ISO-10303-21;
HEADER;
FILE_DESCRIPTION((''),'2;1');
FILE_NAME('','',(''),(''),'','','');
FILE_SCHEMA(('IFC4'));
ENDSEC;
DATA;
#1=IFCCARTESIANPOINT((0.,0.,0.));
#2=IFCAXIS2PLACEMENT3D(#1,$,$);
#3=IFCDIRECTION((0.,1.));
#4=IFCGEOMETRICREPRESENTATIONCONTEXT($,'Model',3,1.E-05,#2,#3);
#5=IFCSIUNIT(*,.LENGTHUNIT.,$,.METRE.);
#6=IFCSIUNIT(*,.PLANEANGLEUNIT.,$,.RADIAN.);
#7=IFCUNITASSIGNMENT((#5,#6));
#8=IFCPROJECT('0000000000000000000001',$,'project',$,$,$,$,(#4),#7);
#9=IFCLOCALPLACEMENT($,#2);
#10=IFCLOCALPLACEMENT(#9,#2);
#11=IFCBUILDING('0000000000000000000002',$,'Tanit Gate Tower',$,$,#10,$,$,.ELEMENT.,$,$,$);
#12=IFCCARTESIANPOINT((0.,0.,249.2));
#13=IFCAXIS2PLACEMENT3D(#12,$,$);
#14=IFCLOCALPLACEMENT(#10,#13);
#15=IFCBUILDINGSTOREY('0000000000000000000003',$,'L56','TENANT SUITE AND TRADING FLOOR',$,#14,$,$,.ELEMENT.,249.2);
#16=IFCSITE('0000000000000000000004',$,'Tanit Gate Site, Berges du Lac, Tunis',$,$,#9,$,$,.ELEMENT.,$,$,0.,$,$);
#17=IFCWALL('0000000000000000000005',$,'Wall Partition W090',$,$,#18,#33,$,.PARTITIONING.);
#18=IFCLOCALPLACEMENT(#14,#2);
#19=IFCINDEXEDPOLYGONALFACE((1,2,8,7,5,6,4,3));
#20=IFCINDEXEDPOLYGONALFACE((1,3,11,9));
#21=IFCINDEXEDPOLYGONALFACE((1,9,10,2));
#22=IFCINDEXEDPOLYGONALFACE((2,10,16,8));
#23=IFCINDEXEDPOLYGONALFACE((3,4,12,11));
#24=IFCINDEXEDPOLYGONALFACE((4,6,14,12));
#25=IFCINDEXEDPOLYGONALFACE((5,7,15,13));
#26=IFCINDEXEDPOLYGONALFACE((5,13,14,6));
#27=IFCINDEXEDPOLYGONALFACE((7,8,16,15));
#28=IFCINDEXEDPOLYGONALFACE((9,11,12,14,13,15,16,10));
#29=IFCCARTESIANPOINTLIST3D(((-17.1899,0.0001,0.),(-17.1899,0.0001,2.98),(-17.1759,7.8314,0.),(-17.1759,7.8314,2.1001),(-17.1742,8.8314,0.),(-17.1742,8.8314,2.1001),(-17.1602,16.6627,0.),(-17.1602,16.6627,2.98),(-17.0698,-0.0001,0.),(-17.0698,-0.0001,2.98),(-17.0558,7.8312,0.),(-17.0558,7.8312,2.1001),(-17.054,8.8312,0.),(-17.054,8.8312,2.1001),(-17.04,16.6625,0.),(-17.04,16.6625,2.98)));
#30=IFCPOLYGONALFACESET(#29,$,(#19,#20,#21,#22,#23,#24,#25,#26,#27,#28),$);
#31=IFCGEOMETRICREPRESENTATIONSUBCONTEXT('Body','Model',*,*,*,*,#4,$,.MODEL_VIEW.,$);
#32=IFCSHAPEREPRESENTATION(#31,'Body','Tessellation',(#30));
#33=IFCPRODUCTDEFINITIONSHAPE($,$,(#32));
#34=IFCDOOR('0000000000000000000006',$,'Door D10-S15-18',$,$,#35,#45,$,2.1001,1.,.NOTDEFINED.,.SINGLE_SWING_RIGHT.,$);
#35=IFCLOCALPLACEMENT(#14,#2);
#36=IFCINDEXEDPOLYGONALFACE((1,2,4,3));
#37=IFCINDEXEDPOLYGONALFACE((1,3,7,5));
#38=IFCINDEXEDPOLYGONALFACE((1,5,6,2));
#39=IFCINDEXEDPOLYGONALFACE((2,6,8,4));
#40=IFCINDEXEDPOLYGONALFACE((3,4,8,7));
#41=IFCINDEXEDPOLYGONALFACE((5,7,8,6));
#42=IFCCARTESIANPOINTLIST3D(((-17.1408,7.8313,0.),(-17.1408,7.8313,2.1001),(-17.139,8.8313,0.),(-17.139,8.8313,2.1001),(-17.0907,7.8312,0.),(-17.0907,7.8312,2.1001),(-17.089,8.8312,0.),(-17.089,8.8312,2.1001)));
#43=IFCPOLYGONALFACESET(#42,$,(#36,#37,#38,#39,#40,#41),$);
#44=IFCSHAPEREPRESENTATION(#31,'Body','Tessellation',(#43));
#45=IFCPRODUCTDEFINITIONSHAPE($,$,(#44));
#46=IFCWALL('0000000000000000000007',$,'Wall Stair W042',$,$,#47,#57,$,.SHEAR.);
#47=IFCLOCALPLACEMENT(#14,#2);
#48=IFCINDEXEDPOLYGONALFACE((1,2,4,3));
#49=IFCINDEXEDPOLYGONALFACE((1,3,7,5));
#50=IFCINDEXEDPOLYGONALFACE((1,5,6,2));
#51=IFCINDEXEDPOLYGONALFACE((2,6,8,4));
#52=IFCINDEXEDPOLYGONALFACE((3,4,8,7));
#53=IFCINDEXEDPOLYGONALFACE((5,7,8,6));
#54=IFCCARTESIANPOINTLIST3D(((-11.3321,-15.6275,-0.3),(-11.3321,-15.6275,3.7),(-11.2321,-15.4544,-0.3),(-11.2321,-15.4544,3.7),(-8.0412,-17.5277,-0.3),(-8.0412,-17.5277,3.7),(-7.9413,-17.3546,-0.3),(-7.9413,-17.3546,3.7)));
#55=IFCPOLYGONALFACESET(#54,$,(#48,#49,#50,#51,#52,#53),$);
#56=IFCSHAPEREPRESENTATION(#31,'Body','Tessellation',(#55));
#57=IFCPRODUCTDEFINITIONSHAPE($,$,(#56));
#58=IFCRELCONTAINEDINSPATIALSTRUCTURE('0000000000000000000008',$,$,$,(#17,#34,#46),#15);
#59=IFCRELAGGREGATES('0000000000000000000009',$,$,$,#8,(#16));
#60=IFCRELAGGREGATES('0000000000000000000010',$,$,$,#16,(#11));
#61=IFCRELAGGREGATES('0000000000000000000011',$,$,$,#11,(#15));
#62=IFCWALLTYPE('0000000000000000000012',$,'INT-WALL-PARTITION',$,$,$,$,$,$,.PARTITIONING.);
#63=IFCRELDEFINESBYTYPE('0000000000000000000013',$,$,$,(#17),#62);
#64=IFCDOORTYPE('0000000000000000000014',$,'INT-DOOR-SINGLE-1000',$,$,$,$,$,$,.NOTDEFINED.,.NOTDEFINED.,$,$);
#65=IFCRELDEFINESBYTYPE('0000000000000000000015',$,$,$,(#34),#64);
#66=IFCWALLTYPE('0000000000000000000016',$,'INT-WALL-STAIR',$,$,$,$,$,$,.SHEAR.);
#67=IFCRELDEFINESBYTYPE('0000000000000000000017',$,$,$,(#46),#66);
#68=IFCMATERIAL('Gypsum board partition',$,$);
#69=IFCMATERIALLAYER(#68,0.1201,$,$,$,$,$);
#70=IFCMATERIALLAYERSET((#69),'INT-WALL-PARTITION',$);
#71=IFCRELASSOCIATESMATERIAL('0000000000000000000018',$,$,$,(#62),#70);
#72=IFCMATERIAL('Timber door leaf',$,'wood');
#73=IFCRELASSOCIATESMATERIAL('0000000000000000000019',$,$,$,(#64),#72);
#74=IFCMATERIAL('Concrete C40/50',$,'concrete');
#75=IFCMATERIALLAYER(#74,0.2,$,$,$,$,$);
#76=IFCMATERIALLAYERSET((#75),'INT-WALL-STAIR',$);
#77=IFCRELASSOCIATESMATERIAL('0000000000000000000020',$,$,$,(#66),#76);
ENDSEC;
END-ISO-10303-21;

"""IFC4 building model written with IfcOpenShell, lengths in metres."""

from ifc_helpers import new_model, si_unit, direction, frame, frame_2d, origin, place, context, subcontext, project, spatial, rectangle, extrude, material, layer, layer_set, type_object, element, fill, save


model = new_model("IFC4")

# Units and contexts
model_context = context("Model", 3, precision=1e-05, world=origin(), true_north=direction((0.0, 1.0)))
body_context = subcontext(model_context, "Body", "Model", "MODEL_VIEW")
ifc_project = project(units=[si_unit("LENGTHUNIT", "METRE"), si_unit("PLANEANGLEUNIT", "RADIAN")], contexts=[model_context])

# Site, building, storey
site_placement = place(None, origin())
site = spatial("IfcSite", under=ifc_project, at=site_placement, Name="Tanit Gate Site, Berges du Lac, Tunis", CompositionType="ELEMENT", RefElevation=0.0)
building_placement = place(site_placement, origin())
building = spatial("IfcBuilding", under=site, at=building_placement, Name="Tanit Gate Tower", CompositionType="ELEMENT")
storey_placement = place(building_placement, frame((0.0, 0.0, 249.2)))
storey = spatial("IfcBuildingStorey", under=building, at=storey_placement, Name="L56", Description="TENANT SUITE AND TRADING FLOOR", CompositionType="ELEMENT", Elevation=249.2)

# Wall, opening, door
ifc_material_1 = material(Name="Gypsum board partition")
ifc_layer_1 = layer(ifc_material_1, 0.1201)
ifc_layer_set_1 = layer_set([ifc_layer_1], Name="INT-WALL-PARTITION")
wall_type_1 = type_object("IfcWallType", Name="INT-WALL-PARTITION", PredefinedType="PARTITIONING", material=ifc_layer_set_1)
wall_1_placement = place(storey_placement, frame((-17.1299, 0.0, 0.0), z_axis=(0.0, 0.0, 1.0), x_axis=(0.001788, 0.999998, 0.0)))
wall_1 = element("IfcWall", 1, at=wall_1_placement, inside=storey, type_object=wall_type_1, Name="Wall Partition W090", PredefinedType="PARTITIONING", context=body_context, shape_type="SweptSolid", body=[
    extrude(rectangle(XDim=16.6626, YDim=0.1201, at=frame_2d((8.3313, 0.0))), origin(), (0.0, 0.0, 1.0), 2.98),
])
opening_1_placement = place(wall_1_placement, frame((7.8313, 0.0, 0.0)))
opening_1 = element("IfcOpeningElement", 2, at=opening_1_placement, cuts=wall_1, PredefinedType="OPENING", context=body_context, shape_type="SweptSolid", body=[
    extrude(rectangle(XDim=1.0, YDim=2.1001, at=frame_2d((0.5, 1.05))), frame((0.0, 0.0701, 0.0), z_axis=(0.0, -1.0, 0.0), x_axis=(1.0, 0.0, 0.0)), (0.0, 0.0, 1.0), 0.1401),
])
ifc_material_2 = material(Name="Timber door leaf", Category="wood")
door_type_1 = type_object("IfcDoorType", Name="INT-DOOR-SINGLE-1000", OperationType="NOTDEFINED", PredefinedType="NOTDEFINED", material=ifc_material_2)
door_1_placement = place(opening_1_placement, origin())
door_1 = element("IfcDoor", 3, at=door_1_placement, inside=storey, type_object=door_type_1, Name="Door D10-S15-18", OperationType="SINGLE_SWING_RIGHT", OverallHeight=2.1001, OverallWidth=1.0, PredefinedType="NOTDEFINED", context=body_context, shape_type="SweptSolid", body=[
    extrude(rectangle(XDim=1.0, YDim=2.1001, at=frame_2d((0.5, 1.05))), frame((0.0, 0.0249, 0.0), z_axis=(0.0, -1.0, 0.0), x_axis=(1.0, 0.0, 0.0)), (0.0, 0.0, 1.0), 0.05),
])
fill(opening_1, door_1)

# Wall
ifc_material_3 = material(Name="Concrete C40/50", Category="concrete")
ifc_layer_2 = layer(ifc_material_3, 0.2)
ifc_layer_set_2 = layer_set([ifc_layer_2], Name="INT-WALL-STAIR")
wall_type_2 = type_object("IfcWallType", Name="INT-WALL-STAIR", PredefinedType="SHEAR", material=ifc_layer_set_2)
wall_2_placement = place(storey_placement, frame((-11.282, -15.541, -0.3), z_axis=(0.0, 0.0, 1.0), x_axis=(0.866, -0.500043, 0.0)))
element("IfcWall", 4, at=wall_2_placement, inside=storey, type_object=wall_type_2, Name="Wall Stair W042", PredefinedType="SHEAR", context=body_context, shape_type="SweptSolid", body=[
    extrude(rectangle(XDim=3.8, YDim=0.2, at=frame_2d((1.8999, 0.0))), origin(), (0.0, 0.0, 1.0), 4.0),
])

save(model, "model.ifc")
